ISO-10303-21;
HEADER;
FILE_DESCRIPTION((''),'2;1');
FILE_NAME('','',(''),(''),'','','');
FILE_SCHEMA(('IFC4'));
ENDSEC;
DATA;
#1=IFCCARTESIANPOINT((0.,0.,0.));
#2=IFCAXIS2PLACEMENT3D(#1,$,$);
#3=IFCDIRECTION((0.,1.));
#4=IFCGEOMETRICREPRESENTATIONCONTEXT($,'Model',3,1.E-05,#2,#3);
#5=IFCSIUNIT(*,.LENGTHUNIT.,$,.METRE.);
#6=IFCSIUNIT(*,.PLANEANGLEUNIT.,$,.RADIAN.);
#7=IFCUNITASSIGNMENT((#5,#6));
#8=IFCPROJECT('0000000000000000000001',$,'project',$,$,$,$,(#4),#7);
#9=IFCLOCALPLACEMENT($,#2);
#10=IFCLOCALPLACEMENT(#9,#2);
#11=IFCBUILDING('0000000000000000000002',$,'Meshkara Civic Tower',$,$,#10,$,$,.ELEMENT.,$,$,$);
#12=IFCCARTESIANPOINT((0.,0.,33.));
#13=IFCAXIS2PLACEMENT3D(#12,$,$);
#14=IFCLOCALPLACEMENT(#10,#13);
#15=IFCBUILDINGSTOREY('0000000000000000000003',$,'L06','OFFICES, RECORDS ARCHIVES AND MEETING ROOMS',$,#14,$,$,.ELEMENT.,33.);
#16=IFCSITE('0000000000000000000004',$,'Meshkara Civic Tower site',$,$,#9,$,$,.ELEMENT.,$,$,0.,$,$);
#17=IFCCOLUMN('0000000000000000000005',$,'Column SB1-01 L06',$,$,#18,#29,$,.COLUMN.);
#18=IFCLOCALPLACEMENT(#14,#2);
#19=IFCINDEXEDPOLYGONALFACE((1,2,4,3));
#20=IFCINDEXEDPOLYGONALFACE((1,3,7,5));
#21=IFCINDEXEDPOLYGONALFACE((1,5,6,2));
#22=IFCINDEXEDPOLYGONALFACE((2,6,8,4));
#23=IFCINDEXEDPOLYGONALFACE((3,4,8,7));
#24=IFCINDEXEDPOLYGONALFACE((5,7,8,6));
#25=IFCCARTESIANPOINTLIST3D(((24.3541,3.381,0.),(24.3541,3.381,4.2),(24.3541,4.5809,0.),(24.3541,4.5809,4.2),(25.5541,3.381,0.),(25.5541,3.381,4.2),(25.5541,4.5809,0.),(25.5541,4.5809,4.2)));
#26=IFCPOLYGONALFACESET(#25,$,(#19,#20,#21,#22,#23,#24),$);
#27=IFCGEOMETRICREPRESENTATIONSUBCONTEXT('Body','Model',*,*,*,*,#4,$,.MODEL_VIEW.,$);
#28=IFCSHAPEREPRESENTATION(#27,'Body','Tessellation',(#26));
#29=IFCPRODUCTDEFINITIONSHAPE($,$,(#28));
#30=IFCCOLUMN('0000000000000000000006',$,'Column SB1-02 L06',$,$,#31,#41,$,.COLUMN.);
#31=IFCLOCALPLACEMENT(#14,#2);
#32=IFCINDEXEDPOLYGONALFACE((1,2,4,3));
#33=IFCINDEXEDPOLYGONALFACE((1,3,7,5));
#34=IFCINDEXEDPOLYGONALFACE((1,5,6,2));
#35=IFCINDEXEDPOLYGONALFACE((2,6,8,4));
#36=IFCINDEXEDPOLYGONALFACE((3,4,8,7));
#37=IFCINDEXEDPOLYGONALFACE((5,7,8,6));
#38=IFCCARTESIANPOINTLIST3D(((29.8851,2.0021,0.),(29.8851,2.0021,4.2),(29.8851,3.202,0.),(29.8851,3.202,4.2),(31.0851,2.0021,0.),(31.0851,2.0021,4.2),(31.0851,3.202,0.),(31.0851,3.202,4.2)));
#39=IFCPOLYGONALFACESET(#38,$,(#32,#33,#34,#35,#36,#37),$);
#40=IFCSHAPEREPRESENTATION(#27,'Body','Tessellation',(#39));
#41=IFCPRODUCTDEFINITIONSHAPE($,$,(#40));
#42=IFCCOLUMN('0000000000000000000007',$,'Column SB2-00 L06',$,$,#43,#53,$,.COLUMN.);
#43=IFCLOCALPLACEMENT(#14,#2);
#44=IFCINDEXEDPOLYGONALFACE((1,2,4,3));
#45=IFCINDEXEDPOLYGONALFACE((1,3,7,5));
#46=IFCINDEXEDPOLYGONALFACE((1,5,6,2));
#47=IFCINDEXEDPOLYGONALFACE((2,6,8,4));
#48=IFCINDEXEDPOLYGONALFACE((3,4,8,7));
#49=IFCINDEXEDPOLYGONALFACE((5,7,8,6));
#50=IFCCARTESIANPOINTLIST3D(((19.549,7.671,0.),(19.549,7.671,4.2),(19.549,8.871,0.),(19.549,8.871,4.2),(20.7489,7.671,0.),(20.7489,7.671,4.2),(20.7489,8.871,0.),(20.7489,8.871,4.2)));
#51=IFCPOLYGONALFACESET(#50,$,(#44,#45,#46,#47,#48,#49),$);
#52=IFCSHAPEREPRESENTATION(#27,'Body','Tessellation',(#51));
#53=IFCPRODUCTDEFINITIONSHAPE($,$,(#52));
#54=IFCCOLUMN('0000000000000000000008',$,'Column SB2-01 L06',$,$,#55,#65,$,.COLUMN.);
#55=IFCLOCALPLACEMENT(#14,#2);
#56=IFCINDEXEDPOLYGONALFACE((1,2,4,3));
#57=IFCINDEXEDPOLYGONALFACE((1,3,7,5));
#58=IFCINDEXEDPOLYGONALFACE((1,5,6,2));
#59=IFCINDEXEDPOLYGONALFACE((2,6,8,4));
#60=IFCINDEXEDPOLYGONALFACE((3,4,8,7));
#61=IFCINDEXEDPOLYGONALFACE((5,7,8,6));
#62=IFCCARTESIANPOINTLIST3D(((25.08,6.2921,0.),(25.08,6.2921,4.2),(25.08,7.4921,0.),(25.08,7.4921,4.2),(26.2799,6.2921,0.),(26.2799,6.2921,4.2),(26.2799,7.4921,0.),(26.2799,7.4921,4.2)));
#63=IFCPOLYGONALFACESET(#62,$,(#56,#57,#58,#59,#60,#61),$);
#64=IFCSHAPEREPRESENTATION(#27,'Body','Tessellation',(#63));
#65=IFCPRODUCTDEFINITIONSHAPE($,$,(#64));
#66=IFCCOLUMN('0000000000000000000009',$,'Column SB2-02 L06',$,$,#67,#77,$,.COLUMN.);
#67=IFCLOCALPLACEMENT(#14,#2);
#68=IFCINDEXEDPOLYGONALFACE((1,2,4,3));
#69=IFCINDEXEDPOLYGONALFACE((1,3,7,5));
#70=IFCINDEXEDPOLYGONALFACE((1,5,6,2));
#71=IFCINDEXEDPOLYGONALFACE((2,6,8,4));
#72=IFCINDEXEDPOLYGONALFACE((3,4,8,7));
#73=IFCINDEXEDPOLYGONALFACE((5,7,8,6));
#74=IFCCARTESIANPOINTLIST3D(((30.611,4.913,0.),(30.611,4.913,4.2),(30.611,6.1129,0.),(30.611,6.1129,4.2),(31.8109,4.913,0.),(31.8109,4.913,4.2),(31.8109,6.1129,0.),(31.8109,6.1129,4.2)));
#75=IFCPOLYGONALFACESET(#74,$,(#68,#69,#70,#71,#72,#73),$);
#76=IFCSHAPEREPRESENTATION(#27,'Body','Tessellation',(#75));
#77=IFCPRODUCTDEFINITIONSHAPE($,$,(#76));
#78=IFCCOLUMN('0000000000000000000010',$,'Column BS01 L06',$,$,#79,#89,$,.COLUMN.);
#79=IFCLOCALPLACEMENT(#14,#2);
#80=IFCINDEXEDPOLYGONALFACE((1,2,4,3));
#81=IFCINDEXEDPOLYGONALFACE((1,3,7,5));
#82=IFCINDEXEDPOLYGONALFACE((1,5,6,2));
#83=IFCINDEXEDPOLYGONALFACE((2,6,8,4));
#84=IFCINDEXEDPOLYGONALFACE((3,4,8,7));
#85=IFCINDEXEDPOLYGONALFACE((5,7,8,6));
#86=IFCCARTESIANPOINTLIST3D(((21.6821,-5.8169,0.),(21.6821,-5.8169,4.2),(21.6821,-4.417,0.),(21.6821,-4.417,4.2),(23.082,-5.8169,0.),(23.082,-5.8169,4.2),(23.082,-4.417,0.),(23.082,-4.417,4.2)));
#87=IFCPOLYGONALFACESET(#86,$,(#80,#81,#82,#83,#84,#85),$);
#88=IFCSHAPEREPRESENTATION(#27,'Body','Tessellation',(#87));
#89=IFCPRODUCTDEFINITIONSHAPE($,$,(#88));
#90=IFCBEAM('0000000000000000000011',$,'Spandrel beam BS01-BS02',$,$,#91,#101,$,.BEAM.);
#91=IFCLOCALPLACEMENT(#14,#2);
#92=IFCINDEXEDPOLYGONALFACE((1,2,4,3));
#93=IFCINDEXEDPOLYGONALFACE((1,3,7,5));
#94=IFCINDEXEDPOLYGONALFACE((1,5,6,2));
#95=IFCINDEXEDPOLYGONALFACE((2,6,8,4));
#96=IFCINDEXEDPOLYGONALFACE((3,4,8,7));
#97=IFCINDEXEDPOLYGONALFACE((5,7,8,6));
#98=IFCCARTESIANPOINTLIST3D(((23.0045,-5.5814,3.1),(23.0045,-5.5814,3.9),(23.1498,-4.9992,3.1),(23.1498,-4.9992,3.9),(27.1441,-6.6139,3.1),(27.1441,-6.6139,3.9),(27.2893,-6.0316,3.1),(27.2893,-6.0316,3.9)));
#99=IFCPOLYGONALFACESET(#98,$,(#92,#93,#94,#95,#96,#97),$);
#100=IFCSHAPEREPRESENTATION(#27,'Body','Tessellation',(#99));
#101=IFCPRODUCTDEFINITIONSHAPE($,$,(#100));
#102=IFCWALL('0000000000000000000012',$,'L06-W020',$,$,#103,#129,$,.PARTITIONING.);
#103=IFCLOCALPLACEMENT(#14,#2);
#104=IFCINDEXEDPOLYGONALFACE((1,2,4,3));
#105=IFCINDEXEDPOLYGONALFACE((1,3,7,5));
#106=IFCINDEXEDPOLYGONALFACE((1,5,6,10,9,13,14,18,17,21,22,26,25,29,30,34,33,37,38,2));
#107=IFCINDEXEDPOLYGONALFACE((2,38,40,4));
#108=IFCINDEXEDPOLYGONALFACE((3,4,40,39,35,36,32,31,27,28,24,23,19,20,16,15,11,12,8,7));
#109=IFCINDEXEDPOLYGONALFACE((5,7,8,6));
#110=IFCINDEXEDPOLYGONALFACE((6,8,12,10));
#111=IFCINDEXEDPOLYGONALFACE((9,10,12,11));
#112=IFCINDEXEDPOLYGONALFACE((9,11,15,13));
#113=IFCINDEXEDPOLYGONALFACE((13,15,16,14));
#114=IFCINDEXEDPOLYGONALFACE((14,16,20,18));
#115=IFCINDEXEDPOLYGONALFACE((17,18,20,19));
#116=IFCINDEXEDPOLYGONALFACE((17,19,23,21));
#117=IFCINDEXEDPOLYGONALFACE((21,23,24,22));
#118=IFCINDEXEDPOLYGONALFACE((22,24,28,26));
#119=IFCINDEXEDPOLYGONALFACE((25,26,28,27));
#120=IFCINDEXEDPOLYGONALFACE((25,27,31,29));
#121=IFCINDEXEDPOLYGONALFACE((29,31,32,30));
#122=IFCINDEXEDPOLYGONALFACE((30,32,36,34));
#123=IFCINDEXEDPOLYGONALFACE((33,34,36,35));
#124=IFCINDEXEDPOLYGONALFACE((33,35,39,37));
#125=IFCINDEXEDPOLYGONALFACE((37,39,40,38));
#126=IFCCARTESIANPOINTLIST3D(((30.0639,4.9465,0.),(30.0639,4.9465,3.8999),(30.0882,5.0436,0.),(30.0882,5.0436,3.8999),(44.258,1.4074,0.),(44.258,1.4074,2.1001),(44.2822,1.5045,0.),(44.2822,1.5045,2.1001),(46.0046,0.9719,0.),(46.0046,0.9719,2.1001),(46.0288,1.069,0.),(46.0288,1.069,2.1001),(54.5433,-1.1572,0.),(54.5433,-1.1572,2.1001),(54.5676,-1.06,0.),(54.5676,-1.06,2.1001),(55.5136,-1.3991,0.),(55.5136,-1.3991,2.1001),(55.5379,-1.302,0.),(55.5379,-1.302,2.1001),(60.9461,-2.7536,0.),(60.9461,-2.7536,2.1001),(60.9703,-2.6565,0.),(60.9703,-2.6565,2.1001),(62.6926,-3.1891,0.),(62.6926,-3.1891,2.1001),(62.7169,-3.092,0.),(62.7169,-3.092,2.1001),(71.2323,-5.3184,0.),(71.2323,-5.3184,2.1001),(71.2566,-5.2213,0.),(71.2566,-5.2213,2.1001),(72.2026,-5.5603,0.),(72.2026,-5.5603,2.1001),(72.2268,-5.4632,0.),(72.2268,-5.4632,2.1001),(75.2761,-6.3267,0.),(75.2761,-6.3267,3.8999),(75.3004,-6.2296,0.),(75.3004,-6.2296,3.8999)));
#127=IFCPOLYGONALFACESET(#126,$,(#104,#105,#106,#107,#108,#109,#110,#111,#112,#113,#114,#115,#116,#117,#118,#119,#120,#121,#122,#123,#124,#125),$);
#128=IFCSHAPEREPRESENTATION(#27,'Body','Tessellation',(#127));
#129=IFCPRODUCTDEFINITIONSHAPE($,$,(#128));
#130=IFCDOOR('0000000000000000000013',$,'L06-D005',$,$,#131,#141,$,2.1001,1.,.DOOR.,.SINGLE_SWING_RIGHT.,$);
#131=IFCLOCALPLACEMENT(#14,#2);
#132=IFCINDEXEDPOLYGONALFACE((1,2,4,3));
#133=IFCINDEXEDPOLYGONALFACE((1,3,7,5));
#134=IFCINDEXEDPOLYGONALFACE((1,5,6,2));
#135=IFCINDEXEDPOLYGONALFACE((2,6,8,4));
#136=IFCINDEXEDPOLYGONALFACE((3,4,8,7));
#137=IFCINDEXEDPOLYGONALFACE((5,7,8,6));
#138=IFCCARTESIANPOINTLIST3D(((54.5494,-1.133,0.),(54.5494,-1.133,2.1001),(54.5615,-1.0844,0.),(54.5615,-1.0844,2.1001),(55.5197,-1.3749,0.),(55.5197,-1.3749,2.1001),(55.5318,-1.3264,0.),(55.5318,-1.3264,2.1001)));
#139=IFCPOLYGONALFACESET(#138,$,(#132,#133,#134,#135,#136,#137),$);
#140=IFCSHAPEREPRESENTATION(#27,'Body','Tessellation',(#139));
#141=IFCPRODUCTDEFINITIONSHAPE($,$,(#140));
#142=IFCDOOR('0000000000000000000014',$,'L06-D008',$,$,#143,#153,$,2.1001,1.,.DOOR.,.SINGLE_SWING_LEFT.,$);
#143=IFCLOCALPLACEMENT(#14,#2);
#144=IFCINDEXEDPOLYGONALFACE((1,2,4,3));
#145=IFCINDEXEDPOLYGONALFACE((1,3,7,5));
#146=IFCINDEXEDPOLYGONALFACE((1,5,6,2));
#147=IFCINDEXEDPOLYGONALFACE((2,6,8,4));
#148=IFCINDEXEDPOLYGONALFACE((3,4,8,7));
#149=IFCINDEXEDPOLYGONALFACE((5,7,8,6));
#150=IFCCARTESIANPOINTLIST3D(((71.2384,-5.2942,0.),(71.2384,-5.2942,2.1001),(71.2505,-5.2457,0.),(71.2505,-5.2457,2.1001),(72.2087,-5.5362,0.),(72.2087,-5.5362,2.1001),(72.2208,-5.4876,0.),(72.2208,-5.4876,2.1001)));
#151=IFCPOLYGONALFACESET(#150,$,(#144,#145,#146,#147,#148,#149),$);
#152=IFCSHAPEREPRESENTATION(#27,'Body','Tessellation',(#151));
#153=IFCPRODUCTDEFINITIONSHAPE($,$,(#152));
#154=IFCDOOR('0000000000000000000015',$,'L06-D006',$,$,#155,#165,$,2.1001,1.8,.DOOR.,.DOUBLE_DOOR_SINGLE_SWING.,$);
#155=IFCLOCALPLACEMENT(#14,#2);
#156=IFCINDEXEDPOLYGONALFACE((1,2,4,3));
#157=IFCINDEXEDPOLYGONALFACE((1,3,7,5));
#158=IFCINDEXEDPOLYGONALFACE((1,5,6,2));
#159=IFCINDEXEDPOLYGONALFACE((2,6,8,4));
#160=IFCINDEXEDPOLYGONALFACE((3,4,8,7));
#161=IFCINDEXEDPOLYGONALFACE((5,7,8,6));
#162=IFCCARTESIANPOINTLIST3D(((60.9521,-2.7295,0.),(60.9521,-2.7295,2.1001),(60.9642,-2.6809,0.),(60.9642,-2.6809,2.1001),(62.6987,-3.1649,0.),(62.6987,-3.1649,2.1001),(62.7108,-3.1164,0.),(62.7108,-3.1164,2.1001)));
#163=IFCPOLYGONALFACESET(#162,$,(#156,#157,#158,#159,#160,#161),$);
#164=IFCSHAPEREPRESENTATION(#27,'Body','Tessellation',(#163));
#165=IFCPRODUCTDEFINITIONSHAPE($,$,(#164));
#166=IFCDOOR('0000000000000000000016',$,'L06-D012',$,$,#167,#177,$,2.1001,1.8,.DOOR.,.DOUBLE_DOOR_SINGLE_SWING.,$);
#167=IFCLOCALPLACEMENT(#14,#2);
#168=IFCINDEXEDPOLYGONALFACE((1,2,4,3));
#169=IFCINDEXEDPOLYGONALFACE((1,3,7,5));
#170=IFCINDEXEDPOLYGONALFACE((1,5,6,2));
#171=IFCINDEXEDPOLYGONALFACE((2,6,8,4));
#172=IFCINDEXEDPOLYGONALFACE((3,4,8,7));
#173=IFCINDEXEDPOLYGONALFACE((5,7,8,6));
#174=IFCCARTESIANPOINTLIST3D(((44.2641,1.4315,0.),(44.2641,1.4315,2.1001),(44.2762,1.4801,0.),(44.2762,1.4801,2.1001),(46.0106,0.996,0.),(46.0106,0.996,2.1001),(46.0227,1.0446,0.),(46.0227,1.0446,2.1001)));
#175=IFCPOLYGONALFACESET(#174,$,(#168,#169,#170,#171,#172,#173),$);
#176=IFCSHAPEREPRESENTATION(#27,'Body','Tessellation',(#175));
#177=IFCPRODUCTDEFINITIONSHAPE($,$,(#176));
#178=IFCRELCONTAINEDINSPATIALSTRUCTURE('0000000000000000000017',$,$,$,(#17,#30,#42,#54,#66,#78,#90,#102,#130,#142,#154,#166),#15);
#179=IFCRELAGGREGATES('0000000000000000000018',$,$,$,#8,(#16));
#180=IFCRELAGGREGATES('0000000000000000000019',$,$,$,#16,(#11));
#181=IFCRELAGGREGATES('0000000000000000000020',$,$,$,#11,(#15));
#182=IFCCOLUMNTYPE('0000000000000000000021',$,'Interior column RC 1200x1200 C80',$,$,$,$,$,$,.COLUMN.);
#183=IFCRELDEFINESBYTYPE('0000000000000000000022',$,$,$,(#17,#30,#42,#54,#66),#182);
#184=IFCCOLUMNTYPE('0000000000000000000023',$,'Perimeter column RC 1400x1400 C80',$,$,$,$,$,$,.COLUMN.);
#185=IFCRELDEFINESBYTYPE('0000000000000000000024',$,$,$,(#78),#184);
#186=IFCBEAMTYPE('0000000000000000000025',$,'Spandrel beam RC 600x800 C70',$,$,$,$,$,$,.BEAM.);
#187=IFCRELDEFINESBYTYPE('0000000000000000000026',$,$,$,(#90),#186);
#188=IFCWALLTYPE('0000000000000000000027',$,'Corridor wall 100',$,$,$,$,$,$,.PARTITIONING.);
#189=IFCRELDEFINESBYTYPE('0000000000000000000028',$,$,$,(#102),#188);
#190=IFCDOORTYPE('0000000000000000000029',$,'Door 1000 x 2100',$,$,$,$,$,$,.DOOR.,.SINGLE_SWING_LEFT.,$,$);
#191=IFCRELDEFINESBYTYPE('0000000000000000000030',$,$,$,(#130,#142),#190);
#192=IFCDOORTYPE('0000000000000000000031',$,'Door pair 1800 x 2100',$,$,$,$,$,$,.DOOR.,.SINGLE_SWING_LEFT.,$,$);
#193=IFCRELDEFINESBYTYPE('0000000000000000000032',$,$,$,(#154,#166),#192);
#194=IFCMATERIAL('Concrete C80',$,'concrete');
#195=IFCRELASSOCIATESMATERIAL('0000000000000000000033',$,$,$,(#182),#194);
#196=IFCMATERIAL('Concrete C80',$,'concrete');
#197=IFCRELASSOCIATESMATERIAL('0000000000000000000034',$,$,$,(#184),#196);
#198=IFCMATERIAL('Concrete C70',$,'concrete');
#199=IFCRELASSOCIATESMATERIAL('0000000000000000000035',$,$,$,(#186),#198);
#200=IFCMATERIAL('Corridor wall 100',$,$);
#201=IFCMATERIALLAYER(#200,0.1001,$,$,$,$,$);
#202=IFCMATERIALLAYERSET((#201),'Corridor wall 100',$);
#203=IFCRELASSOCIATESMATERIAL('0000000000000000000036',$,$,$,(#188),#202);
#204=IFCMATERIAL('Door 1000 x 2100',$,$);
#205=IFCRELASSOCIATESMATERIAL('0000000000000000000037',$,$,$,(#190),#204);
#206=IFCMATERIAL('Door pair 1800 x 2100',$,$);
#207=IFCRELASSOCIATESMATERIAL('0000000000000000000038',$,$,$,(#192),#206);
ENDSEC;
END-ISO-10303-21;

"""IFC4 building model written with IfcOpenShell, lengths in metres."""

from ifc_helpers import new_model, si_unit, direction, frame, frame_2d, origin, origin_2d, place, context, subcontext, project, spatial, rectangle, extrude, material, layer, layer_set, material_profile, profile_set, type_object, element, fill, save


model = new_model("IFC4")

# Units and contexts
model_context = context("Model", 3, precision=1e-05, world=origin(), true_north=direction((0.0, 1.0)))
body_context = subcontext(model_context, "Body", "Model", "MODEL_VIEW")
ifc_project = project(units=[si_unit("LENGTHUNIT", "METRE"), si_unit("PLANEANGLEUNIT", "RADIAN")], contexts=[model_context])

# Site, building, storey
site_placement = place(None, origin())
site = spatial("IfcSite", under=ifc_project, at=site_placement, Name="Meshkara Civic Tower site", CompositionType="ELEMENT", RefElevation=0.0)
building_placement = place(site_placement, origin())
building = spatial("IfcBuilding", under=site, at=building_placement, Name="Meshkara Civic Tower", CompositionType="ELEMENT")
storey_placement = place(building_placement, frame((0.0, 0.0, 33.0)))
storey = spatial("IfcBuildingStorey", under=building, at=storey_placement, Name="L06", Description="OFFICES, RECORDS ARCHIVES AND MEETING ROOMS", CompositionType="ELEMENT", Elevation=33.0)

# Columns
ifc_material_1 = material(Name="Concrete C80", Category="concrete")
ifc_material_profile_1 = material_profile(ifc_material_1, rectangle(XDim=1.2, YDim=1.2, at=origin_2d()))
ifc_profile_set_1 = profile_set([ifc_material_profile_1], Name="Concrete C80")
column_type_1 = type_object("IfcColumnType", Name="Interior column RC 1200x1200 C80", PredefinedType="COLUMN", material=ifc_profile_set_1)
for number, where, z_axis, x_axis, name in (
    (1, (24.9541, 3.981, 0.0), (0.0, 0.0, 1.0), (1.0, 0.0, 0.0), "Column SB1-01 L06"),
    (2, (30.4851, 2.6021, 0.0), (0.0, 0.0, 1.0), (1.0, 0.0, 0.0), "Column SB1-02 L06"),
    (3, (20.1489, 8.271, 0.0), (0.0, 0.0, 1.0), (1.0, 0.0, 0.0), "Column SB2-00 L06"),
    (4, (25.6799, 6.8921, 0.0), (0.0, 0.0, 1.0), (1.0, 0.0, 0.0), "Column SB2-01 L06"),
    (5, (31.2109, 5.5129, 0.0), (0.0, 0.0, 1.0), (1.0, 0.0, 0.0), "Column SB2-02 L06"),
):
    element("IfcColumn", number, at=place(storey_placement, frame(where, z_axis=z_axis, x_axis=x_axis)), inside=storey, type_object=column_type_1, Name=name, PredefinedType="COLUMN", context=body_context, shape_type="SweptSolid", body=[
        extrude(rectangle(XDim=1.2, YDim=1.2, at=origin_2d()), origin(), (0.0, 0.0, 1.0), 4.2),
    ])
ifc_material_2 = material(Name="Concrete C80", Category="concrete")
ifc_material_profile_2 = material_profile(ifc_material_2, rectangle(XDim=1.3999, YDim=1.3999, at=origin_2d()))
ifc_profile_set_2 = profile_set([ifc_material_profile_2], Name="Concrete C80")
column_type_2 = type_object("IfcColumnType", Name="Perimeter column RC 1400x1400 C80", PredefinedType="COLUMN", material=ifc_profile_set_2)
column_placement = place(storey_placement, frame((22.3821, -5.1169, 0.0), z_axis=(0.0, 0.0, 1.0), x_axis=(1.0, 0.0, 0.0)))
element("IfcColumn", 6, at=column_placement, inside=storey, type_object=column_type_2, Name="Column BS01 L06", PredefinedType="COLUMN", context=body_context, shape_type="SweptSolid", body=[
    extrude(rectangle(XDim=1.3999, YDim=1.3999, at=origin_2d()), origin(), (0.0, 0.0, 1.0), 4.2),
])

# Beam
ifc_material_3 = material(Name="Concrete C70", Category="concrete")
ifc_material_profile_3 = material_profile(ifc_material_3, rectangle(XDim=0.6001, YDim=0.8, at=origin_2d()))
ifc_profile_set_3 = profile_set([ifc_material_profile_3], Name="Concrete C70")
beam_type = type_object("IfcBeamType", Name="Spandrel beam RC 600x800 C70", PredefinedType="BEAM", material=ifc_profile_set_3)
beam_placement = place(storey_placement, frame((23.0771, -5.2903, 3.5), z_axis=(0.970277, -0.241997, 0.0), x_axis=(0.241997, 0.970277, 0.0)))
element("IfcBeam", 7, at=beam_placement, inside=storey, type_object=beam_type, Name="Spandrel beam BS01-BS02", PredefinedType="BEAM", context=body_context, shape_type="SweptSolid", body=[
    extrude(rectangle(XDim=0.6001, YDim=0.8, at=origin_2d()), origin(), (0.0, 0.0, 1.0), 4.2664),
])

# Wall, openings, doors
ifc_material_4 = material(Name="Corridor wall 100")
ifc_layer_1 = layer(ifc_material_4, 0.1001)
ifc_layer_set_1 = layer_set([ifc_layer_1], Name="Corridor wall 100")
wall_type_1 = type_object("IfcWallType", Name="Corridor wall 100", PredefinedType="PARTITIONING", material=ifc_layer_set_1)
wall_1_placement = place(storey_placement, frame((30.0759, 4.9951, 0.0), z_axis=(0.0, 0.0, 1.0), x_axis=(0.970293, -0.241933, 0.0)))
wall_1 = element("IfcWall", 8, at=wall_1_placement, inside=storey, type_object=wall_type_1, Name="L06-W020", PredefinedType="PARTITIONING", context=body_context, shape_type="SweptSolid", body=[
    extrude(rectangle(XDim=46.5964, YDim=0.1001, at=frame_2d((23.2983, 0.0))), origin(), (0.0, 0.0, 1.0), 3.8999),
])
opening_1_placement = place(wall_1_placement, frame((25.229, 0.0, 0.0)))
opening_1 = element("IfcOpeningElement", 9, at=opening_1_placement, cuts=wall_1, PredefinedType="OPENING", context=body_context, shape_type="SweptSolid", body=[
    extrude(rectangle(XDim=1.0, YDim=2.1001, at=frame_2d((0.5, 1.05))), frame((0.0, 0.0601, 0.0), z_axis=(0.0, -1.0, 0.0), x_axis=(1.0, 0.0, 0.0)), (0.0, 0.0, 1.0), 0.1201),
])
opening_2_placement = place(wall_1_placement, frame((31.8279, 0.0, 0.0)))
opening_2 = element("IfcOpeningElement", 10, at=opening_2_placement, cuts=wall_1, PredefinedType="OPENING", context=body_context, shape_type="SweptSolid", body=[
    extrude(rectangle(XDim=1.8, YDim=2.1001, at=frame_2d((0.8999, 1.05))), frame((0.0, 0.0601, 0.0), z_axis=(0.0, -1.0, 0.0), x_axis=(1.0, 0.0, 0.0)), (0.0, 0.0, 1.0), 0.1201),
])
opening_3_placement = place(wall_1_placement, frame((42.429, 0.0, 0.0)))
opening_3 = element("IfcOpeningElement", 11, at=opening_3_placement, cuts=wall_1, PredefinedType="OPENING", context=body_context, shape_type="SweptSolid", body=[
    extrude(rectangle(XDim=1.0, YDim=2.1001, at=frame_2d((0.5, 1.05))), frame((0.0, 0.0601, 0.0), z_axis=(0.0, -1.0, 0.0), x_axis=(1.0, 0.0, 0.0)), (0.0, 0.0, 1.0), 0.1201),
])
opening_4_placement = place(wall_1_placement, frame((14.6289, 0.0, 0.0)))
opening_4 = element("IfcOpeningElement", 12, at=opening_4_placement, cuts=wall_1, PredefinedType="OPENING", context=body_context, shape_type="SweptSolid", body=[
    extrude(rectangle(XDim=1.8, YDim=2.1001, at=frame_2d((0.8999, 1.05))), frame((0.0, 0.0601, 0.0), z_axis=(0.0, -1.0, 0.0), x_axis=(1.0, 0.0, 0.0)), (0.0, 0.0, 1.0), 0.1201),
])
ifc_material_5 = material(Name="Door 1000 x 2100")
door_type_1 = type_object("IfcDoorType", Name="Door 1000 x 2100", OperationType="SINGLE_SWING_LEFT", PredefinedType="DOOR", material=ifc_material_5)
door_1_placement = place(opening_1_placement, origin())
door_1 = element("IfcDoor", 13, at=door_1_placement, inside=storey, type_object=door_type_1, Name="L06-D005", OperationType="SINGLE_SWING_RIGHT", OverallHeight=2.1001, OverallWidth=1.0, PredefinedType="DOOR", context=body_context, shape_type="SweptSolid", body=[
    extrude(rectangle(XDim=1.0, YDim=2.1001, at=frame_2d((0.5, 1.05))), frame((0.0, 0.0249, 0.0), z_axis=(0.0, -1.0, 0.0), x_axis=(1.0, 0.0, 0.0)), (0.0, 0.0, 1.0), 0.05),
])
fill(opening_1, door_1)
door_2_placement = place(opening_3_placement, origin())
door_2 = element("IfcDoor", 14, at=door_2_placement, inside=storey, type_object=door_type_1, Name="L06-D008", OperationType="SINGLE_SWING_LEFT", OverallHeight=2.1001, OverallWidth=1.0, PredefinedType="DOOR", context=body_context, shape_type="SweptSolid", body=[
    extrude(rectangle(XDim=1.0, YDim=2.1001, at=frame_2d((0.5, 1.05))), frame((0.0, 0.0249, 0.0), z_axis=(0.0, -1.0, 0.0), x_axis=(1.0, 0.0, 0.0)), (0.0, 0.0, 1.0), 0.05),
])
fill(opening_3, door_2)
ifc_material_6 = material(Name="Door pair 1800 x 2100")
door_type_2 = type_object("IfcDoorType", Name="Door pair 1800 x 2100", OperationType="SINGLE_SWING_LEFT", PredefinedType="DOOR", material=ifc_material_6)
door_3_placement = place(opening_2_placement, origin())
door_3 = element("IfcDoor", 15, at=door_3_placement, inside=storey, type_object=door_type_2, Name="L06-D006", OperationType="DOUBLE_DOOR_SINGLE_SWING", OverallHeight=2.1001, OverallWidth=1.8, PredefinedType="DOOR", context=body_context, shape_type="SweptSolid", body=[
    extrude(rectangle(XDim=1.8, YDim=2.1001, at=frame_2d((0.8999, 1.05))), frame((0.0, 0.0249, 0.0), z_axis=(0.0, -1.0, 0.0), x_axis=(1.0, 0.0, 0.0)), (0.0, 0.0, 1.0), 0.05),
])
fill(opening_2, door_3)
door_4_placement = place(opening_4_placement, origin())
door_4 = element("IfcDoor", 16, at=door_4_placement, inside=storey, type_object=door_type_2, Name="L06-D012", OperationType="DOUBLE_DOOR_SINGLE_SWING", OverallHeight=2.1001, OverallWidth=1.8, PredefinedType="DOOR", context=body_context, shape_type="SweptSolid", body=[
    extrude(rectangle(XDim=1.8, YDim=2.1001, at=frame_2d((0.8999, 1.05))), frame((0.0, 0.0249, 0.0), z_axis=(0.0, -1.0, 0.0), x_axis=(1.0, 0.0, 0.0)), (0.0, 0.0, 1.0), 0.05),
])
fill(opening_4, door_4)

save(model, "model.ifc")
